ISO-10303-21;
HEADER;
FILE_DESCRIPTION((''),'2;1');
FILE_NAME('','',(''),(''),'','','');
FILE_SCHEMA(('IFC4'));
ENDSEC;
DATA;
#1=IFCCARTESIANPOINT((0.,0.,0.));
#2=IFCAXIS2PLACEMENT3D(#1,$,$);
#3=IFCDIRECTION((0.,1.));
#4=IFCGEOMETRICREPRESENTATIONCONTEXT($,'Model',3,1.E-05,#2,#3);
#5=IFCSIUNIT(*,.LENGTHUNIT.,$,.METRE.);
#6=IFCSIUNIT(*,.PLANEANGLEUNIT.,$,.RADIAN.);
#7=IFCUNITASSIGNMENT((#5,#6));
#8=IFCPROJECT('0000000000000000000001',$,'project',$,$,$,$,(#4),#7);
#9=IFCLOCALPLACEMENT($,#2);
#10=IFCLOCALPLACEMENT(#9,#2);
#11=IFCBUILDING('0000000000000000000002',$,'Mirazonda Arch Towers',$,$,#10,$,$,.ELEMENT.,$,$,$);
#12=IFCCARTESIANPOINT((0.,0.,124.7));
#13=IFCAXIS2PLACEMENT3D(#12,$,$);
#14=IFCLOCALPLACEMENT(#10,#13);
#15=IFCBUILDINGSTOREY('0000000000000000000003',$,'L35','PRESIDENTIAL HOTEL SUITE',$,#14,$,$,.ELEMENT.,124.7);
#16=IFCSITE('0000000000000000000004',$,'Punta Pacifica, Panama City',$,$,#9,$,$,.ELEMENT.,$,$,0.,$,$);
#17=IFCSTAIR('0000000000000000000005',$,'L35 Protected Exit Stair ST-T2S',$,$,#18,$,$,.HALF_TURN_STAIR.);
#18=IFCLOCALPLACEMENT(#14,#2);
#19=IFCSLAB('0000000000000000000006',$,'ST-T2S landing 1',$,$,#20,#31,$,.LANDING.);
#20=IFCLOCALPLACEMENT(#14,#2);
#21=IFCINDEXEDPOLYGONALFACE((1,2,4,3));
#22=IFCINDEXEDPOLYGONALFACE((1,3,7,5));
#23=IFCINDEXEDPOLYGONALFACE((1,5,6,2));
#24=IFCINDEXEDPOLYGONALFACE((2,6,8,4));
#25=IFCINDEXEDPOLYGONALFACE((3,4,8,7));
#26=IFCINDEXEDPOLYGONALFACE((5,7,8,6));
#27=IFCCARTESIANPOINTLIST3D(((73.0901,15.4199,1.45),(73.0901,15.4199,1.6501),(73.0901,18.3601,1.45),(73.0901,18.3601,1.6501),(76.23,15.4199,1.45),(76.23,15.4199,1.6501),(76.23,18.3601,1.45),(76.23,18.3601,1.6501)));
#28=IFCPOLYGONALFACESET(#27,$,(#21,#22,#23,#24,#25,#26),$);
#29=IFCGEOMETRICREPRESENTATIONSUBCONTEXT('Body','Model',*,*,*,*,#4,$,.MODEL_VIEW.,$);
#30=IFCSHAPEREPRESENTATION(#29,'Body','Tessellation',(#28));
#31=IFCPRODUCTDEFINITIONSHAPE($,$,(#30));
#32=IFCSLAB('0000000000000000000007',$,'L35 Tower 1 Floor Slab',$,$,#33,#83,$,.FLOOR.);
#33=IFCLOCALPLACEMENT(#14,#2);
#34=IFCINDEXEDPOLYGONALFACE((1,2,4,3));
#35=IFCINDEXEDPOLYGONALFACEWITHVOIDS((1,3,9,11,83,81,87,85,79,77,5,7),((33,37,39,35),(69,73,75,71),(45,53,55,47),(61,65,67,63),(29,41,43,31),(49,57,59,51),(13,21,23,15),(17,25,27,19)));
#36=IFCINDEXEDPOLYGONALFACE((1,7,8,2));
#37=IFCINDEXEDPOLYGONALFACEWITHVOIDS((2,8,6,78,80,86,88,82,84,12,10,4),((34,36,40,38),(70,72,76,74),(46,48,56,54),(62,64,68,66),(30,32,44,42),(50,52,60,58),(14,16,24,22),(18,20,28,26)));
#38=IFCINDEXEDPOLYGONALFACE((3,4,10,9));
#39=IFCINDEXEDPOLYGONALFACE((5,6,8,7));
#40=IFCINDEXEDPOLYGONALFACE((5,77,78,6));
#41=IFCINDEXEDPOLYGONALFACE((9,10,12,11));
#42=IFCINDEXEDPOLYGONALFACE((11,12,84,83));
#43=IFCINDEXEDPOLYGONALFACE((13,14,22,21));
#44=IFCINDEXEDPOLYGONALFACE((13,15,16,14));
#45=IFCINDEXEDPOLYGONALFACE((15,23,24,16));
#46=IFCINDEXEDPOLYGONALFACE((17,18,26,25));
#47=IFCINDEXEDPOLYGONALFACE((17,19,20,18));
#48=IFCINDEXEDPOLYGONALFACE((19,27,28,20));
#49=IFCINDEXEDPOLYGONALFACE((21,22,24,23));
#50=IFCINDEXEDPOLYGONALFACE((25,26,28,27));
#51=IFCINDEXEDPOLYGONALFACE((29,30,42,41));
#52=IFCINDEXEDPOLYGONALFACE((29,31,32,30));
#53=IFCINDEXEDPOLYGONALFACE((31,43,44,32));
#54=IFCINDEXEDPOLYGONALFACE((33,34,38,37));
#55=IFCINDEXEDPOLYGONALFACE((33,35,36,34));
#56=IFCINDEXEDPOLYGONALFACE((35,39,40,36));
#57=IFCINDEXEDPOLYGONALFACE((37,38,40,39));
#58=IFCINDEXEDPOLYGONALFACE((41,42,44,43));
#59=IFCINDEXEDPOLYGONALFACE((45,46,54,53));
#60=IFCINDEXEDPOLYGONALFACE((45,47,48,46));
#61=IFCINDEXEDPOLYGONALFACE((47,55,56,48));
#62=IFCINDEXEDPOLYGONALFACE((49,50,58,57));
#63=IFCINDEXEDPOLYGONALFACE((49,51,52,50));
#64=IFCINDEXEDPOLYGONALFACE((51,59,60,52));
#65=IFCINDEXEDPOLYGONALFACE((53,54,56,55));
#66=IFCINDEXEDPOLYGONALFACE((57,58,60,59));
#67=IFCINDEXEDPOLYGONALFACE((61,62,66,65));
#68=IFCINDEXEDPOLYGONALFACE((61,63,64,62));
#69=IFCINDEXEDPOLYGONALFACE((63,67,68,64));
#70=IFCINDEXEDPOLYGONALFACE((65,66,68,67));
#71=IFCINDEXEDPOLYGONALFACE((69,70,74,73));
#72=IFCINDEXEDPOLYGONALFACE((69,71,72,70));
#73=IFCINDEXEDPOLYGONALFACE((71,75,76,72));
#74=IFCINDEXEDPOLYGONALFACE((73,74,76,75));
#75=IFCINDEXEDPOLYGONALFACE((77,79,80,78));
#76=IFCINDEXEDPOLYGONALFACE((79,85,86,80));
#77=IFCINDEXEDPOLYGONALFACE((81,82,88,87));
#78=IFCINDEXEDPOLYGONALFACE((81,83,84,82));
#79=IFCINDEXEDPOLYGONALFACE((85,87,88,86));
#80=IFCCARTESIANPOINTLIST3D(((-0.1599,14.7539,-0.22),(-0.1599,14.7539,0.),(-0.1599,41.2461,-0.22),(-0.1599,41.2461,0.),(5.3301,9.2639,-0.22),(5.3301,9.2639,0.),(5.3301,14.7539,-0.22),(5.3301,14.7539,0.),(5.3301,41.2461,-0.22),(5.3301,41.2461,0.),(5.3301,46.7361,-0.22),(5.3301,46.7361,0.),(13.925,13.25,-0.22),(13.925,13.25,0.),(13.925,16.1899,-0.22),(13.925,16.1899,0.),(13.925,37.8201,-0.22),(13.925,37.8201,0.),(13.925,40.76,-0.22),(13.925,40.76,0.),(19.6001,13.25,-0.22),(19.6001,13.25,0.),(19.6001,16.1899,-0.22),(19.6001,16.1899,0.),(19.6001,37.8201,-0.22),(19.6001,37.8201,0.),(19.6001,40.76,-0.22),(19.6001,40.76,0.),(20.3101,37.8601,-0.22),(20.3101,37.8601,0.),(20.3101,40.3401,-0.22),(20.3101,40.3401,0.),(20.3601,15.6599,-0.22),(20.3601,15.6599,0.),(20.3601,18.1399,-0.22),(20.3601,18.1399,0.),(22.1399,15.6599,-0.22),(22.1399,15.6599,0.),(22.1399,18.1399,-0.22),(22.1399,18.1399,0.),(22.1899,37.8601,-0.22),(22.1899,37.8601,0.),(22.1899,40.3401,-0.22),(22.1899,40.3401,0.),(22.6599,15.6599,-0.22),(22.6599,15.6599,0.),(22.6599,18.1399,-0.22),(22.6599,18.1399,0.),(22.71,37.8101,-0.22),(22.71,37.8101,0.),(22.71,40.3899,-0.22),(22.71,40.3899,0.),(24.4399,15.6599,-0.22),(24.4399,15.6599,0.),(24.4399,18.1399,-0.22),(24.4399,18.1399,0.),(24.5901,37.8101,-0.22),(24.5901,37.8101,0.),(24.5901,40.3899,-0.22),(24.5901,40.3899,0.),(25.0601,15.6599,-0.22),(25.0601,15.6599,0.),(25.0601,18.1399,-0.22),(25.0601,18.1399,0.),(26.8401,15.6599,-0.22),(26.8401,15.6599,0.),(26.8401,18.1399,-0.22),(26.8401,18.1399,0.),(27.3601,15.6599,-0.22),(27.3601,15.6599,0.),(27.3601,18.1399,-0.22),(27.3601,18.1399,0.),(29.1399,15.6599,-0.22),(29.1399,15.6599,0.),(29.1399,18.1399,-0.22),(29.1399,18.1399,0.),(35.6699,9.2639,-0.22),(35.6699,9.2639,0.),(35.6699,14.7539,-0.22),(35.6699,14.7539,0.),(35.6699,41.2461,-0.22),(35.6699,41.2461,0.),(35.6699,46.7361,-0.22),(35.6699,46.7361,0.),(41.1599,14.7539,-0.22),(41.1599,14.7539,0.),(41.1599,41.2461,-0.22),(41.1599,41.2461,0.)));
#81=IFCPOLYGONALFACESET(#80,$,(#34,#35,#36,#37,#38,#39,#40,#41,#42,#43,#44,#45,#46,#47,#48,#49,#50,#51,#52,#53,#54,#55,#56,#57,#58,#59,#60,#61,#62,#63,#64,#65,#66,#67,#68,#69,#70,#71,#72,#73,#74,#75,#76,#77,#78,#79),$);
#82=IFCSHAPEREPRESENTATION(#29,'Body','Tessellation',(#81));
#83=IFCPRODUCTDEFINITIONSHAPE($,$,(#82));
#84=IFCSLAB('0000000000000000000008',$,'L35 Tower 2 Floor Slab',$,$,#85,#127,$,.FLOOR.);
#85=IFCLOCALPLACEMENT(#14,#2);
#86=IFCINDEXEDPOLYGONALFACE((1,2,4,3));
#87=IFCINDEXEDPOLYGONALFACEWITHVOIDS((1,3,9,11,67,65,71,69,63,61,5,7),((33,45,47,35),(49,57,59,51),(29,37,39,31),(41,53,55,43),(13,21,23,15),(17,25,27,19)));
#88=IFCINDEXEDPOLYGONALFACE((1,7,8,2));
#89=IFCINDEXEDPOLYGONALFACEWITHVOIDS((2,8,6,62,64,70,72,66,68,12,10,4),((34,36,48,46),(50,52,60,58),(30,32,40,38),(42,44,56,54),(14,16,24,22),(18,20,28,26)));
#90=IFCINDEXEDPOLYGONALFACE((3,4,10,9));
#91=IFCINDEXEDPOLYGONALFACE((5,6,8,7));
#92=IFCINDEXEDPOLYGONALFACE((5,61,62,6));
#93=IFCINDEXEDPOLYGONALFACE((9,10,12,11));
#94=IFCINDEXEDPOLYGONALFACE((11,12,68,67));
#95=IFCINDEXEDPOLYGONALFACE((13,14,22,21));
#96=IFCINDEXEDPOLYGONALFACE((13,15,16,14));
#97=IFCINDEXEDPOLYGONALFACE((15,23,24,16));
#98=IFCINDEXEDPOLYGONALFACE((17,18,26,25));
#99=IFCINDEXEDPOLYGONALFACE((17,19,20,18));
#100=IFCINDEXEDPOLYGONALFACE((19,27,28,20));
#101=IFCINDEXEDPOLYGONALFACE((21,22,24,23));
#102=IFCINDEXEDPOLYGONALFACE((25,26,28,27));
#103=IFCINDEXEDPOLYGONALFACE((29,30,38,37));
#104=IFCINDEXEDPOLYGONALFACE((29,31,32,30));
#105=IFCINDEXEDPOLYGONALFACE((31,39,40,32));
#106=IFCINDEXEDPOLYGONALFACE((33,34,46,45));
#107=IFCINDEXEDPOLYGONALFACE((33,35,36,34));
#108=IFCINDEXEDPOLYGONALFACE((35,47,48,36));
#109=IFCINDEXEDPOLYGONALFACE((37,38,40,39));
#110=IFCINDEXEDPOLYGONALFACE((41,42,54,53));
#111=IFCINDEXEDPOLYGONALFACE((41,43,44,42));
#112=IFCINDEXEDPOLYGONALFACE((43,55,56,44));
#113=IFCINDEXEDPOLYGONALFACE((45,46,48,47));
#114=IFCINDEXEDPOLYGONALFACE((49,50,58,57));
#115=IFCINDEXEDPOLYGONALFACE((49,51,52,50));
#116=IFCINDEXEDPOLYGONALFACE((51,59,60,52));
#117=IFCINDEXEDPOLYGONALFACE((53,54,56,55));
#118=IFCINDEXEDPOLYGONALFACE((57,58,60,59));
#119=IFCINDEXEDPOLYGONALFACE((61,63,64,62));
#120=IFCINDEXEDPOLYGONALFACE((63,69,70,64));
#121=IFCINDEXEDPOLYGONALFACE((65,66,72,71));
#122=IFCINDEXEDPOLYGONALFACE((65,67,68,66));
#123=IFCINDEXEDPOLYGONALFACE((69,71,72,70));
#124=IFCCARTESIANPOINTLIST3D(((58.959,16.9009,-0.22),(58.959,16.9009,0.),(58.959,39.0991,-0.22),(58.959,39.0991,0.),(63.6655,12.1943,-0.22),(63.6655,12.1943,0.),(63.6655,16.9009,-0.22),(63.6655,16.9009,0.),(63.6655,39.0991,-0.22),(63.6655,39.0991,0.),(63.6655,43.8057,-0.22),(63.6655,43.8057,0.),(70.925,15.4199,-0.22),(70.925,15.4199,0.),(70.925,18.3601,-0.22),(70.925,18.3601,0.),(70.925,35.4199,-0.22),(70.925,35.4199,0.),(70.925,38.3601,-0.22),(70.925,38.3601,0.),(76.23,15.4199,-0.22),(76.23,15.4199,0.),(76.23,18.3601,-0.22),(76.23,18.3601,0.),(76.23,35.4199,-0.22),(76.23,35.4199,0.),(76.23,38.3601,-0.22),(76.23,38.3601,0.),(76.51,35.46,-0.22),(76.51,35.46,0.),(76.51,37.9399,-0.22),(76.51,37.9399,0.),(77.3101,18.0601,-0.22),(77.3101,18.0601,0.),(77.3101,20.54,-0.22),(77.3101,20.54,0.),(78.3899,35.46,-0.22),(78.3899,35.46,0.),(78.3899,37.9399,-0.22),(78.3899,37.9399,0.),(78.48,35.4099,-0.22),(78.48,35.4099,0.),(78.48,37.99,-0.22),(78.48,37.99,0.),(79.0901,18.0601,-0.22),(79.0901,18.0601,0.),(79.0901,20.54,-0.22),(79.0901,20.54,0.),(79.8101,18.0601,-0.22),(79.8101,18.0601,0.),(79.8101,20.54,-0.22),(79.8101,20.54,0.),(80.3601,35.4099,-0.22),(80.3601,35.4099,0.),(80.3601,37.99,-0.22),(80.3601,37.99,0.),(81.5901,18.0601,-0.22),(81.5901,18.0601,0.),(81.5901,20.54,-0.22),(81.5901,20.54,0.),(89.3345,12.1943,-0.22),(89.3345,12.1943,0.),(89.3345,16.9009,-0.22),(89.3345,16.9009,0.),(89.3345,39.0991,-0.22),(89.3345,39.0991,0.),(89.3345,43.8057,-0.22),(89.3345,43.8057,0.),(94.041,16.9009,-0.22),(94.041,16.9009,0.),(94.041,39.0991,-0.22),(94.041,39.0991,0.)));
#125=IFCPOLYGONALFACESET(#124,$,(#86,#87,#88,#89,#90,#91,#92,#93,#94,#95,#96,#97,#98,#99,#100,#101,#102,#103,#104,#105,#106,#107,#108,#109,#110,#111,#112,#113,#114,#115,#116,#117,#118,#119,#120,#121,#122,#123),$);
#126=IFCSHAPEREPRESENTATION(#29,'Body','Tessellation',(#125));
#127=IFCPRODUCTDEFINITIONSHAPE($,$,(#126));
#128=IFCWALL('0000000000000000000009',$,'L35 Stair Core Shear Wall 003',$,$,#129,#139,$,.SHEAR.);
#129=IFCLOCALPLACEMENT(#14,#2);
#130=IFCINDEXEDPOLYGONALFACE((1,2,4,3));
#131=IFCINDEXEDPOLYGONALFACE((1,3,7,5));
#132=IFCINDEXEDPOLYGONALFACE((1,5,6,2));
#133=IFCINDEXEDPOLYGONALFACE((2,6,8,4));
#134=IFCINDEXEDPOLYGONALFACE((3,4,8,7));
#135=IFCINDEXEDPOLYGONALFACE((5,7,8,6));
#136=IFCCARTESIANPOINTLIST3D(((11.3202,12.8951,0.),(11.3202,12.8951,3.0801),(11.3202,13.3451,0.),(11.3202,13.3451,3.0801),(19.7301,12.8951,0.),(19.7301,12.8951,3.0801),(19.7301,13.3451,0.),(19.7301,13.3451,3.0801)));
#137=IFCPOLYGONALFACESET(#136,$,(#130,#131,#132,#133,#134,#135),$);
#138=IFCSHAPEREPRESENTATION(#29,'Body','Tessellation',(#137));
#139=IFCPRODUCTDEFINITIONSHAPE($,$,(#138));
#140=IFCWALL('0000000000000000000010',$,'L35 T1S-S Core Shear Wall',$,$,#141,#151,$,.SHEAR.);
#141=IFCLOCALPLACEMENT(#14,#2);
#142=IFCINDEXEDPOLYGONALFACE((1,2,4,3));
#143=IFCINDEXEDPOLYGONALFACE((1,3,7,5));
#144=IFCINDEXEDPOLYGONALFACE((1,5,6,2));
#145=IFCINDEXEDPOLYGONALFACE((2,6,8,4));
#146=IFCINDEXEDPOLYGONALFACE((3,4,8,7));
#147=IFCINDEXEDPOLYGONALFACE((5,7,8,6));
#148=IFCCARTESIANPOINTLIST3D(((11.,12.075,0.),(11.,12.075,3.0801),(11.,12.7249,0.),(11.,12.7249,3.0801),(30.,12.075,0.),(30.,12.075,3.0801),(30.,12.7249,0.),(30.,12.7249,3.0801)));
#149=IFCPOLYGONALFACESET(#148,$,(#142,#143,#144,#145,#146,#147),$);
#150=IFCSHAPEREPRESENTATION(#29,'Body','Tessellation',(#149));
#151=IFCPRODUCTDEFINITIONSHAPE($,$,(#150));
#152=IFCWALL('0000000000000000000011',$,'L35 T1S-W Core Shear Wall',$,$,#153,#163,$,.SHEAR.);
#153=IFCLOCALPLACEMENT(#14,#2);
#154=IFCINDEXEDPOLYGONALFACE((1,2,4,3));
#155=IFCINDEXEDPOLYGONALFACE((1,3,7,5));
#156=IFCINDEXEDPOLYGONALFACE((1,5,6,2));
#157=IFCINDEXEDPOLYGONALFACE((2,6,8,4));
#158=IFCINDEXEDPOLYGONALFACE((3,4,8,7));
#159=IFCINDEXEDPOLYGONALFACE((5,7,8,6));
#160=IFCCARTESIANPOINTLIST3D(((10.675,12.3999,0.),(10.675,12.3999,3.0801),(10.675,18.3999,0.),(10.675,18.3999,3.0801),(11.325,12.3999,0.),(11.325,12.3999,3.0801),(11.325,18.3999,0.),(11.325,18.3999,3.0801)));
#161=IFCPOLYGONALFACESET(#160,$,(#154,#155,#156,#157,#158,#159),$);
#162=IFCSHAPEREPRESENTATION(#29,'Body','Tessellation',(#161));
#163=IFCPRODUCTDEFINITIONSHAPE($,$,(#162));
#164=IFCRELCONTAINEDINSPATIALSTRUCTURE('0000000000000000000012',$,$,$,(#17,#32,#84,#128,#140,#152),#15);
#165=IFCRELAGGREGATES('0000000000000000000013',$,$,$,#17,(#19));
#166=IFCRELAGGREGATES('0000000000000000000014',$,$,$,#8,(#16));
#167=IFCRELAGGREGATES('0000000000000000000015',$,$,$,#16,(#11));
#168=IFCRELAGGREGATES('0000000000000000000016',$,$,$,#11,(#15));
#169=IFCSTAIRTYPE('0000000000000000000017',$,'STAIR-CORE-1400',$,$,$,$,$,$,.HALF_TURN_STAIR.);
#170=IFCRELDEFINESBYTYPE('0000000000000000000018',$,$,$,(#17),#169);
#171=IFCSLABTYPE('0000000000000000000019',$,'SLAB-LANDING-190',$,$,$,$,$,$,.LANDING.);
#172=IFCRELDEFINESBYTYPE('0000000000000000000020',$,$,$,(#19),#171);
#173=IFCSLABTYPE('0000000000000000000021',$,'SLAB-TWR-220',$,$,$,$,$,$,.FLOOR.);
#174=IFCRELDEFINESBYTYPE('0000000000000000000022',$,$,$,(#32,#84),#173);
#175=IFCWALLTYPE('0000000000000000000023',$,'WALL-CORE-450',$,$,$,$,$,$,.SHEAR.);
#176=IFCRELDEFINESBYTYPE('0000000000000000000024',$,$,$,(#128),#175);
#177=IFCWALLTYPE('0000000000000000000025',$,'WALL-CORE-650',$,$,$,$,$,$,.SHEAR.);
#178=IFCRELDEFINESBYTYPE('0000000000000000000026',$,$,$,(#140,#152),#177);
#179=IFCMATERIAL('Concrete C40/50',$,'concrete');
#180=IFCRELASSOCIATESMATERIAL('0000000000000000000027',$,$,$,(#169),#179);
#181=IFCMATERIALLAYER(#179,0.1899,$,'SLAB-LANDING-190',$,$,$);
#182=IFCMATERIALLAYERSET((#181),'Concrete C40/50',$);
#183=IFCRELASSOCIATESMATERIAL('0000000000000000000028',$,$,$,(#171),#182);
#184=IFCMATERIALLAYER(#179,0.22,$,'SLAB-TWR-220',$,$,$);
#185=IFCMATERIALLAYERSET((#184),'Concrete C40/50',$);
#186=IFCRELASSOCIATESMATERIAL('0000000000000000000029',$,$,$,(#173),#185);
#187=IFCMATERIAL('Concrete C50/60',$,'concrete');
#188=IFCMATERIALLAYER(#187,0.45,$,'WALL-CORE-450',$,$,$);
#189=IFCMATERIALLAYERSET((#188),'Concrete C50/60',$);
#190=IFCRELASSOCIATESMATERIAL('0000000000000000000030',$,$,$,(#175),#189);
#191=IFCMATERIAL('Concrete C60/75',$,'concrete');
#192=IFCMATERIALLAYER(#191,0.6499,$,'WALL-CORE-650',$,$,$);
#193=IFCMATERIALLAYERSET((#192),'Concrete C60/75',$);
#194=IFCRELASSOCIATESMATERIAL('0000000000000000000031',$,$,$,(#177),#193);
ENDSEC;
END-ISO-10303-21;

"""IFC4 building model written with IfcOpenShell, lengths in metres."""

from ifc_helpers import new_model, si_unit, direction, frame, frame_2d, origin, place, context, subcontext, project, spatial, polyline, rectangle, outline, extrude, material, layer, layer_set, type_object, element, aggregate, save


model = new_model("IFC4")

# Units and contexts
model_context = context("Model", 3, precision=1e-05, world=origin(), true_north=direction((0.0, 1.0)))
body_context = subcontext(model_context, "Body", "Model", "MODEL_VIEW")
ifc_project = project(units=[si_unit("LENGTHUNIT", "METRE"), si_unit("PLANEANGLEUNIT", "RADIAN")], contexts=[model_context])

# Site, building, storey
site_placement = place(None, origin())
site = spatial("IfcSite", under=ifc_project, at=site_placement, Name="Punta Pacifica, Panama City", CompositionType="ELEMENT", RefElevation=0.0)
building_placement = place(site_placement, origin())
building = spatial("IfcBuilding", under=site, at=building_placement, Name="Mirazonda Arch Towers", CompositionType="ELEMENT")
storey_placement = place(building_placement, frame((0.0, 0.0, 124.7)))
storey = spatial("IfcBuildingStorey", under=building, at=storey_placement, Name="L35", Description="PRESIDENTIAL HOTEL SUITE", CompositionType="ELEMENT", Elevation=124.7)

# Shared definitions
ifc_material_1 = material(Name="Concrete C50/60", Category="concrete")

# Stair, slab
ifc_material_2 = material(Name="Concrete C40/50", Category="concrete")
stair_type = type_object("IfcStairType", Name="STAIR-CORE-1400", PredefinedType="HALF_TURN_STAIR", material=ifc_material_2)
ifc_layer_1 = layer(ifc_material_2, 0.1899, Name="SLAB-LANDING-190")
ifc_layer_set_1 = layer_set([ifc_layer_1], Name="Concrete C40/50")
slab_type_1 = type_object("IfcSlabType", Name="SLAB-LANDING-190", PredefinedType="LANDING", material=ifc_layer_set_1)
stair_1_placement = place(storey_placement, origin())
stair_1 = element("IfcStair", 1, at=stair_1_placement, inside=storey, type_object=stair_type, Name="L35 Protected Exit Stair ST-T2S", PredefinedType="HALF_TURN_STAIR")
slab_1_placement = place(storey_placement, frame((0.0, 0.0, 1.45)))
slab_1 = element("IfcSlab", 2, at=slab_1_placement, type_object=slab_type_1, Name="ST-T2S landing 1", PredefinedType="LANDING", context=body_context, shape_type="SweptSolid", body=[
    extrude(outline(polyline([(73.0901, 15.4199), (76.23, 15.4199), (76.23, 18.3601), (73.0901, 18.3601), (73.0901, 15.4199)])), origin(), (0.0, 0.0, 1.0), 0.2002),
])
aggregate(stair_1, [slab_1])

# Slabs
ifc_layer_2 = layer(ifc_material_2, 0.22, Name="SLAB-TWR-220")
ifc_layer_set_2 = layer_set([ifc_layer_2], Name="Concrete C40/50")
slab_type_2 = type_object("IfcSlabType", Name="SLAB-TWR-220", PredefinedType="FLOOR", material=ifc_layer_set_2)
slab_2_placement = place(storey_placement, frame((0.0, 0.0, -0.22)))
element("IfcSlab", 3, at=slab_2_placement, inside=storey, type_object=slab_type_2, Name="L35 Tower 1 Floor Slab", PredefinedType="FLOOR", context=body_context, shape_type="SweptSolid", body=[
    extrude(outline(polyline([(5.3301, 9.2639), (35.6699, 9.2639), (35.6699, 14.7539), (41.1599, 14.7539), (41.1599, 41.2461), (35.6699, 41.2461), (35.6699, 46.7361), (5.3301, 46.7361), (5.3301, 41.2461), (-0.1599, 41.2461), (-0.1599, 14.7539), (5.3301, 14.7539), (5.3301, 9.2639)]), holes=[polyline([(27.3601, 18.1399), (29.1399, 18.1399), (29.1399, 15.6599), (27.3601, 15.6599), (27.3601, 18.1399)]), polyline([(25.0601, 18.1399), (26.8401, 18.1399), (26.8401, 15.6599), (25.0601, 15.6599), (25.0601, 18.1399)]), polyline([(22.71, 40.3899), (24.5901, 40.3899), (24.5901, 37.8101), (22.71, 37.8101), (22.71, 40.3899)]), polyline([(22.6599, 18.1399), (24.4399, 18.1399), (24.4399, 15.6599), (22.6599, 15.6599), (22.6599, 18.1399)]), polyline([(20.3101, 40.3401), (22.1899, 40.3401), (22.1899, 37.8601), (20.3101, 37.8601), (20.3101, 40.3401)]), polyline([(20.3601, 18.1399), (22.1399, 18.1399), (22.1399, 15.6599), (20.3601, 15.6599), (20.3601, 18.1399)]), polyline([(13.925, 13.25), (13.925, 16.1899), (19.6001, 16.1899), (19.6001, 13.25), (13.925, 13.25)]), polyline([(13.925, 37.8201), (13.925, 40.76), (19.6001, 40.76), (19.6001, 37.8201), (13.925, 37.8201)])]), origin(), (0.0, 0.0, 1.0), 0.22),
])
slab_3_placement = place(storey_placement, frame((0.0, 0.0, -0.22)))
element("IfcSlab", 4, at=slab_3_placement, inside=storey, type_object=slab_type_2, Name="L35 Tower 2 Floor Slab", PredefinedType="FLOOR", context=body_context, shape_type="SweptSolid", body=[
    extrude(outline(polyline([(63.6655, 12.1943), (89.3345, 12.1943), (89.3345, 16.9009), (94.041, 16.9009), (94.041, 39.0991), (89.3345, 39.0991), (89.3345, 43.8057), (63.6655, 43.8057), (63.6655, 39.0991), (58.959, 39.0991), (58.959, 16.9009), (63.6655, 16.9009), (63.6655, 12.1943)]), holes=[polyline([(79.8101, 20.54), (81.5901, 20.54), (81.5901, 18.0601), (79.8101, 18.0601), (79.8101, 20.54)]), polyline([(78.48, 37.99), (80.3601, 37.99), (80.3601, 35.4099), (78.48, 35.4099), (78.48, 37.99)]), polyline([(77.3101, 20.54), (79.0901, 20.54), (79.0901, 18.0601), (77.3101, 18.0601), (77.3101, 20.54)]), polyline([(76.51, 35.46), (76.51, 37.9399), (78.3899, 37.9399), (78.3899, 35.46), (76.51, 35.46)]), polyline([(76.23, 15.4199), (70.925, 15.4199), (70.925, 18.3601), (76.23, 18.3601), (76.23, 15.4199)]), polyline([(70.925, 35.4199), (70.925, 38.3601), (76.23, 38.3601), (76.23, 35.4199), (70.925, 35.4199)])]), origin(), (0.0, 0.0, 1.0), 0.22),
])

# Walls
ifc_layer_3 = layer(ifc_material_1, 0.45, Name="WALL-CORE-450")
ifc_layer_set_3 = layer_set([ifc_layer_3], Name="Concrete C50/60")
wall_type_1 = type_object("IfcWallType", Name="WALL-CORE-450", PredefinedType="SHEAR", material=ifc_layer_set_3)
wall_1_placement = place(storey_placement, frame((11.3201, 13.1201, 0.0), z_axis=(0.0, 0.0, 1.0), x_axis=(1.0, 0.0, 0.0)))
element("IfcWall", 5, at=wall_1_placement, inside=storey, type_object=wall_type_1, Name="L35 Stair Core Shear Wall 003", PredefinedType="SHEAR", context=body_context, shape_type="SweptSolid", body=[
    extrude(rectangle(XDim=8.4099, YDim=0.45, at=frame_2d((4.2051, 0.0))), origin(), (0.0, 0.0, 1.0), 3.0801),
])
ifc_material_3 = material(Name="Concrete C60/75", Category="concrete")
ifc_layer_4 = layer(ifc_material_3, 0.6499, Name="WALL-CORE-650")
ifc_layer_set_4 = layer_set([ifc_layer_4], Name="Concrete C60/75")
wall_type_2 = type_object("IfcWallType", Name="WALL-CORE-650", PredefinedType="SHEAR", material=ifc_layer_set_4)
wall_2_placement = place(storey_placement, frame((11.0, 12.3999, 0.0), z_axis=(0.0, 0.0, 1.0), x_axis=(1.0, 0.0, 0.0)))
element("IfcWall", 6, at=wall_2_placement, inside=storey, type_object=wall_type_2, Name="L35 T1S-S Core Shear Wall", PredefinedType="SHEAR", context=body_context, shape_type="SweptSolid", body=[
    extrude(rectangle(XDim=19.0, YDim=0.6499, at=frame_2d((9.5, 0.0))), origin(), (0.0, 0.0, 1.0), 3.0801),
])
wall_3_placement = place(storey_placement, frame((11.0, 12.3999, 0.0), z_axis=(0.0, 0.0, 1.0), x_axis=(0.0, 1.0, 0.0)))
element("IfcWall", 7, at=wall_3_placement, inside=storey, type_object=wall_type_2, Name="L35 T1S-W Core Shear Wall", PredefinedType="SHEAR", context=body_context, shape_type="SweptSolid", body=[
    extrude(rectangle(XDim=6.0, YDim=0.6499, at=frame_2d((3.0, 0.0))), origin(), (0.0, 0.0, 1.0), 3.0801),
])

save(model, "model.ifc")
